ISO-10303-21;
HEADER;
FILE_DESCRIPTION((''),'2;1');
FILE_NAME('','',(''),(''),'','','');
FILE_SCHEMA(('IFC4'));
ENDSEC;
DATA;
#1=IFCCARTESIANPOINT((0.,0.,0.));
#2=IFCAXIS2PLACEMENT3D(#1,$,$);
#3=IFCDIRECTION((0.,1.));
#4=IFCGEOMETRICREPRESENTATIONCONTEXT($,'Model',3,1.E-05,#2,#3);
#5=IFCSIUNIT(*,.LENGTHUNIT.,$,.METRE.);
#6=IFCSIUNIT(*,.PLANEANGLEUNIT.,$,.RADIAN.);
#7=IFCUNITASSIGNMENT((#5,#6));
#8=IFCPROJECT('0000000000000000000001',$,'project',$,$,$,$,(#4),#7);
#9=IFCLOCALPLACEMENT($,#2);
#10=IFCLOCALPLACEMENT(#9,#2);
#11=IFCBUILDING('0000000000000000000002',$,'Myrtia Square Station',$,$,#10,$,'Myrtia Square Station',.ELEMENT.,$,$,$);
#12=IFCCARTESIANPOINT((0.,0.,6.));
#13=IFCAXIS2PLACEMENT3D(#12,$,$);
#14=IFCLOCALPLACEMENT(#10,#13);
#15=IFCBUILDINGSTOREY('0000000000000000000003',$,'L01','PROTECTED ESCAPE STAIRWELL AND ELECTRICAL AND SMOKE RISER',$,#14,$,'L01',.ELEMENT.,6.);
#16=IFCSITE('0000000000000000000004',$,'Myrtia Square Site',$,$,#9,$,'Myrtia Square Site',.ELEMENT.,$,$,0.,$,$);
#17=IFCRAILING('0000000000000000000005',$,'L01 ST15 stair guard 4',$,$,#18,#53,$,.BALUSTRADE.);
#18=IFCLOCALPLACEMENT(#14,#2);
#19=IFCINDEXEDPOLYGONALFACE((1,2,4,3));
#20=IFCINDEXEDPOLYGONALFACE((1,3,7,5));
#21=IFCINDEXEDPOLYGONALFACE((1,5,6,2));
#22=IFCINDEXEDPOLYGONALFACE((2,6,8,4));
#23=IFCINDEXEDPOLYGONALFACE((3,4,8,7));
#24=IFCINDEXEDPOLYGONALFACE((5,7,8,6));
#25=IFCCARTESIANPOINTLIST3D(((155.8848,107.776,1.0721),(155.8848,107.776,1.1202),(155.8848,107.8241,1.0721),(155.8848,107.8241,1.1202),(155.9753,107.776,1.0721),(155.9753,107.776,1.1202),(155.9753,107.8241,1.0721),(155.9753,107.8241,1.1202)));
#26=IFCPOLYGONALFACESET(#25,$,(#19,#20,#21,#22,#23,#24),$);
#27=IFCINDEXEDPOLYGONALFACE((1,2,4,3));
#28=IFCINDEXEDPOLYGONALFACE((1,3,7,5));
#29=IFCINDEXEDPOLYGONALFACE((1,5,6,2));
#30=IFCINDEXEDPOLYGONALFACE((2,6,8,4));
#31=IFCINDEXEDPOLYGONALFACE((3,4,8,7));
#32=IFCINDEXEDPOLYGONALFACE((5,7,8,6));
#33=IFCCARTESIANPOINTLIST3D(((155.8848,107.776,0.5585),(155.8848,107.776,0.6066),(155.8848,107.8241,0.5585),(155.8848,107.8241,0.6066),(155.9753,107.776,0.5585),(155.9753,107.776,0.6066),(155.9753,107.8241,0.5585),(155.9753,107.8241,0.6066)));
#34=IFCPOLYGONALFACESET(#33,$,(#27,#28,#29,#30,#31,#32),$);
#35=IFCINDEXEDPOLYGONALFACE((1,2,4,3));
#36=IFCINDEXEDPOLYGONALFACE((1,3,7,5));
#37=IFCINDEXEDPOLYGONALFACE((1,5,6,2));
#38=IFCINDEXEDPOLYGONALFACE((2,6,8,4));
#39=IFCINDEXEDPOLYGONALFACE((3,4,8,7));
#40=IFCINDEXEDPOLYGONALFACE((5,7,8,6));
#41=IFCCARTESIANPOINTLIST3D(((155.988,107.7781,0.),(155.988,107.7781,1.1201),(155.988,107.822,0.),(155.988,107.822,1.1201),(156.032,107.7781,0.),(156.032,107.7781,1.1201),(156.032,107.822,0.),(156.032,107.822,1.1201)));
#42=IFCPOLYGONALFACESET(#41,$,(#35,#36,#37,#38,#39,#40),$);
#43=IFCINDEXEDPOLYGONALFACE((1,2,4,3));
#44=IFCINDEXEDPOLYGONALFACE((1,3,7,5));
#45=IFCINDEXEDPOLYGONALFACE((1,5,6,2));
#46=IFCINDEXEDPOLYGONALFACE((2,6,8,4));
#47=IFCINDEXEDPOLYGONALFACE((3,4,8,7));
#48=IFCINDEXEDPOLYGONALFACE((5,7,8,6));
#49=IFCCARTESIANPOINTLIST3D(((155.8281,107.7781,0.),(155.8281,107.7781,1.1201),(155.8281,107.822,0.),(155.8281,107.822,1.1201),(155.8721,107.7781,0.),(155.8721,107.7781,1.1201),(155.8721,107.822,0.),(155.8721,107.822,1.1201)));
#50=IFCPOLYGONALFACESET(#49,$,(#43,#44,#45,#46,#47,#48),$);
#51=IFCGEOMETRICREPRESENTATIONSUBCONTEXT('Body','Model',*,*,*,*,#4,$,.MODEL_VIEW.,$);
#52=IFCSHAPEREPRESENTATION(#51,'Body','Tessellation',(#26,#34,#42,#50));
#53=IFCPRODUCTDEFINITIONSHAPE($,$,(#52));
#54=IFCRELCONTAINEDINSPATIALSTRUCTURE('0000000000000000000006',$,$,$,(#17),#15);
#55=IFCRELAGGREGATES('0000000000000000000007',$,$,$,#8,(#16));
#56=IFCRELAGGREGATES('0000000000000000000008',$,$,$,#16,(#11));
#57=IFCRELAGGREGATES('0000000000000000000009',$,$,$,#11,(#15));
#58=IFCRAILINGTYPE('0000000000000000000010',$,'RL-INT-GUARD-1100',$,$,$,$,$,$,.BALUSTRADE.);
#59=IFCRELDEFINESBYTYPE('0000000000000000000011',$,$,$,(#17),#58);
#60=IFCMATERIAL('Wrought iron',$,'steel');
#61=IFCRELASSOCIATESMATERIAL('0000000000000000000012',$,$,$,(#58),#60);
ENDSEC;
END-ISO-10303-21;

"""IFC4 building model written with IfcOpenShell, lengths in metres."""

from ifc_helpers import new_model, si_unit, direction, frame, origin, origin_2d, place, context, subcontext, project, spatial, rectangle, extrude, material, type_object, element, save


model = new_model("IFC4")

# Units and contexts
model_context = context("Model", 3, precision=1e-05, world=origin(), true_north=direction((0.0, 1.0)))
body_context = subcontext(model_context, "Body", "Model", "MODEL_VIEW")
ifc_project = project(units=[si_unit("LENGTHUNIT", "METRE"), si_unit("PLANEANGLEUNIT", "RADIAN")], contexts=[model_context])

# Site, building, storey
site_placement = place(None, origin())
site = spatial("IfcSite", under=ifc_project, at=site_placement, Name="Myrtia Square Site", LongName="Myrtia Square Site", CompositionType="ELEMENT", RefElevation=0.0)
building_placement = place(site_placement, origin())
building = spatial("IfcBuilding", under=site, at=building_placement, Name="Myrtia Square Station", LongName="Myrtia Square Station", CompositionType="ELEMENT")
storey_placement = place(building_placement, frame((0.0, 0.0, 6.0)))
storey = spatial("IfcBuildingStorey", under=building, at=storey_placement, Name="L01", Description="PROTECTED ESCAPE STAIRWELL AND ELECTRICAL AND SMOKE RISER", LongName="L01", CompositionType="ELEMENT", Elevation=6.0)

# Railing
ifc_material_1 = material(Name="Wrought iron", Category="steel")
railing_type_1 = type_object("IfcRailingType", Name="RL-INT-GUARD-1100", PredefinedType="BALUSTRADE", material=ifc_material_1)
railing_1_placement = place(storey_placement, frame((156.01, 107.8, 0.0)))
element("IfcRailing", 1, at=railing_1_placement, inside=storey, type_object=railing_type_1, Name="L01 ST15 stair guard 4", PredefinedType="BALUSTRADE", context=body_context, shape_type="SweptSolid", body=[
    extrude(rectangle(XDim=0.0481, YDim=0.0481, at=origin_2d()), frame((-0.0347, 0.0, 1.0962), z_axis=(-1.0, 0.0, 0.0), x_axis=(0.0, -1.0, 0.0)), (0.0, 0.0, 1.0), 0.0906),
    extrude(rectangle(XDim=0.0481, YDim=0.0481, at=origin_2d()), frame((-0.0347, 0.0, 0.5825), z_axis=(-1.0, 0.0, 0.0), x_axis=(0.0, -1.0, 0.0)), (0.0, 0.0, 1.0), 0.0906),
    extrude(rectangle(XDim=0.0439, YDim=0.0439, at=origin_2d()), origin(), (0.0, 0.0, 1.0), 1.1201),
    extrude(rectangle(XDim=0.0439, YDim=0.0439, at=origin_2d()), frame((-0.1599, 0.0, 0.0)), (0.0, 0.0, 1.0), 1.1201),
])

save(model, "model.ifc")
